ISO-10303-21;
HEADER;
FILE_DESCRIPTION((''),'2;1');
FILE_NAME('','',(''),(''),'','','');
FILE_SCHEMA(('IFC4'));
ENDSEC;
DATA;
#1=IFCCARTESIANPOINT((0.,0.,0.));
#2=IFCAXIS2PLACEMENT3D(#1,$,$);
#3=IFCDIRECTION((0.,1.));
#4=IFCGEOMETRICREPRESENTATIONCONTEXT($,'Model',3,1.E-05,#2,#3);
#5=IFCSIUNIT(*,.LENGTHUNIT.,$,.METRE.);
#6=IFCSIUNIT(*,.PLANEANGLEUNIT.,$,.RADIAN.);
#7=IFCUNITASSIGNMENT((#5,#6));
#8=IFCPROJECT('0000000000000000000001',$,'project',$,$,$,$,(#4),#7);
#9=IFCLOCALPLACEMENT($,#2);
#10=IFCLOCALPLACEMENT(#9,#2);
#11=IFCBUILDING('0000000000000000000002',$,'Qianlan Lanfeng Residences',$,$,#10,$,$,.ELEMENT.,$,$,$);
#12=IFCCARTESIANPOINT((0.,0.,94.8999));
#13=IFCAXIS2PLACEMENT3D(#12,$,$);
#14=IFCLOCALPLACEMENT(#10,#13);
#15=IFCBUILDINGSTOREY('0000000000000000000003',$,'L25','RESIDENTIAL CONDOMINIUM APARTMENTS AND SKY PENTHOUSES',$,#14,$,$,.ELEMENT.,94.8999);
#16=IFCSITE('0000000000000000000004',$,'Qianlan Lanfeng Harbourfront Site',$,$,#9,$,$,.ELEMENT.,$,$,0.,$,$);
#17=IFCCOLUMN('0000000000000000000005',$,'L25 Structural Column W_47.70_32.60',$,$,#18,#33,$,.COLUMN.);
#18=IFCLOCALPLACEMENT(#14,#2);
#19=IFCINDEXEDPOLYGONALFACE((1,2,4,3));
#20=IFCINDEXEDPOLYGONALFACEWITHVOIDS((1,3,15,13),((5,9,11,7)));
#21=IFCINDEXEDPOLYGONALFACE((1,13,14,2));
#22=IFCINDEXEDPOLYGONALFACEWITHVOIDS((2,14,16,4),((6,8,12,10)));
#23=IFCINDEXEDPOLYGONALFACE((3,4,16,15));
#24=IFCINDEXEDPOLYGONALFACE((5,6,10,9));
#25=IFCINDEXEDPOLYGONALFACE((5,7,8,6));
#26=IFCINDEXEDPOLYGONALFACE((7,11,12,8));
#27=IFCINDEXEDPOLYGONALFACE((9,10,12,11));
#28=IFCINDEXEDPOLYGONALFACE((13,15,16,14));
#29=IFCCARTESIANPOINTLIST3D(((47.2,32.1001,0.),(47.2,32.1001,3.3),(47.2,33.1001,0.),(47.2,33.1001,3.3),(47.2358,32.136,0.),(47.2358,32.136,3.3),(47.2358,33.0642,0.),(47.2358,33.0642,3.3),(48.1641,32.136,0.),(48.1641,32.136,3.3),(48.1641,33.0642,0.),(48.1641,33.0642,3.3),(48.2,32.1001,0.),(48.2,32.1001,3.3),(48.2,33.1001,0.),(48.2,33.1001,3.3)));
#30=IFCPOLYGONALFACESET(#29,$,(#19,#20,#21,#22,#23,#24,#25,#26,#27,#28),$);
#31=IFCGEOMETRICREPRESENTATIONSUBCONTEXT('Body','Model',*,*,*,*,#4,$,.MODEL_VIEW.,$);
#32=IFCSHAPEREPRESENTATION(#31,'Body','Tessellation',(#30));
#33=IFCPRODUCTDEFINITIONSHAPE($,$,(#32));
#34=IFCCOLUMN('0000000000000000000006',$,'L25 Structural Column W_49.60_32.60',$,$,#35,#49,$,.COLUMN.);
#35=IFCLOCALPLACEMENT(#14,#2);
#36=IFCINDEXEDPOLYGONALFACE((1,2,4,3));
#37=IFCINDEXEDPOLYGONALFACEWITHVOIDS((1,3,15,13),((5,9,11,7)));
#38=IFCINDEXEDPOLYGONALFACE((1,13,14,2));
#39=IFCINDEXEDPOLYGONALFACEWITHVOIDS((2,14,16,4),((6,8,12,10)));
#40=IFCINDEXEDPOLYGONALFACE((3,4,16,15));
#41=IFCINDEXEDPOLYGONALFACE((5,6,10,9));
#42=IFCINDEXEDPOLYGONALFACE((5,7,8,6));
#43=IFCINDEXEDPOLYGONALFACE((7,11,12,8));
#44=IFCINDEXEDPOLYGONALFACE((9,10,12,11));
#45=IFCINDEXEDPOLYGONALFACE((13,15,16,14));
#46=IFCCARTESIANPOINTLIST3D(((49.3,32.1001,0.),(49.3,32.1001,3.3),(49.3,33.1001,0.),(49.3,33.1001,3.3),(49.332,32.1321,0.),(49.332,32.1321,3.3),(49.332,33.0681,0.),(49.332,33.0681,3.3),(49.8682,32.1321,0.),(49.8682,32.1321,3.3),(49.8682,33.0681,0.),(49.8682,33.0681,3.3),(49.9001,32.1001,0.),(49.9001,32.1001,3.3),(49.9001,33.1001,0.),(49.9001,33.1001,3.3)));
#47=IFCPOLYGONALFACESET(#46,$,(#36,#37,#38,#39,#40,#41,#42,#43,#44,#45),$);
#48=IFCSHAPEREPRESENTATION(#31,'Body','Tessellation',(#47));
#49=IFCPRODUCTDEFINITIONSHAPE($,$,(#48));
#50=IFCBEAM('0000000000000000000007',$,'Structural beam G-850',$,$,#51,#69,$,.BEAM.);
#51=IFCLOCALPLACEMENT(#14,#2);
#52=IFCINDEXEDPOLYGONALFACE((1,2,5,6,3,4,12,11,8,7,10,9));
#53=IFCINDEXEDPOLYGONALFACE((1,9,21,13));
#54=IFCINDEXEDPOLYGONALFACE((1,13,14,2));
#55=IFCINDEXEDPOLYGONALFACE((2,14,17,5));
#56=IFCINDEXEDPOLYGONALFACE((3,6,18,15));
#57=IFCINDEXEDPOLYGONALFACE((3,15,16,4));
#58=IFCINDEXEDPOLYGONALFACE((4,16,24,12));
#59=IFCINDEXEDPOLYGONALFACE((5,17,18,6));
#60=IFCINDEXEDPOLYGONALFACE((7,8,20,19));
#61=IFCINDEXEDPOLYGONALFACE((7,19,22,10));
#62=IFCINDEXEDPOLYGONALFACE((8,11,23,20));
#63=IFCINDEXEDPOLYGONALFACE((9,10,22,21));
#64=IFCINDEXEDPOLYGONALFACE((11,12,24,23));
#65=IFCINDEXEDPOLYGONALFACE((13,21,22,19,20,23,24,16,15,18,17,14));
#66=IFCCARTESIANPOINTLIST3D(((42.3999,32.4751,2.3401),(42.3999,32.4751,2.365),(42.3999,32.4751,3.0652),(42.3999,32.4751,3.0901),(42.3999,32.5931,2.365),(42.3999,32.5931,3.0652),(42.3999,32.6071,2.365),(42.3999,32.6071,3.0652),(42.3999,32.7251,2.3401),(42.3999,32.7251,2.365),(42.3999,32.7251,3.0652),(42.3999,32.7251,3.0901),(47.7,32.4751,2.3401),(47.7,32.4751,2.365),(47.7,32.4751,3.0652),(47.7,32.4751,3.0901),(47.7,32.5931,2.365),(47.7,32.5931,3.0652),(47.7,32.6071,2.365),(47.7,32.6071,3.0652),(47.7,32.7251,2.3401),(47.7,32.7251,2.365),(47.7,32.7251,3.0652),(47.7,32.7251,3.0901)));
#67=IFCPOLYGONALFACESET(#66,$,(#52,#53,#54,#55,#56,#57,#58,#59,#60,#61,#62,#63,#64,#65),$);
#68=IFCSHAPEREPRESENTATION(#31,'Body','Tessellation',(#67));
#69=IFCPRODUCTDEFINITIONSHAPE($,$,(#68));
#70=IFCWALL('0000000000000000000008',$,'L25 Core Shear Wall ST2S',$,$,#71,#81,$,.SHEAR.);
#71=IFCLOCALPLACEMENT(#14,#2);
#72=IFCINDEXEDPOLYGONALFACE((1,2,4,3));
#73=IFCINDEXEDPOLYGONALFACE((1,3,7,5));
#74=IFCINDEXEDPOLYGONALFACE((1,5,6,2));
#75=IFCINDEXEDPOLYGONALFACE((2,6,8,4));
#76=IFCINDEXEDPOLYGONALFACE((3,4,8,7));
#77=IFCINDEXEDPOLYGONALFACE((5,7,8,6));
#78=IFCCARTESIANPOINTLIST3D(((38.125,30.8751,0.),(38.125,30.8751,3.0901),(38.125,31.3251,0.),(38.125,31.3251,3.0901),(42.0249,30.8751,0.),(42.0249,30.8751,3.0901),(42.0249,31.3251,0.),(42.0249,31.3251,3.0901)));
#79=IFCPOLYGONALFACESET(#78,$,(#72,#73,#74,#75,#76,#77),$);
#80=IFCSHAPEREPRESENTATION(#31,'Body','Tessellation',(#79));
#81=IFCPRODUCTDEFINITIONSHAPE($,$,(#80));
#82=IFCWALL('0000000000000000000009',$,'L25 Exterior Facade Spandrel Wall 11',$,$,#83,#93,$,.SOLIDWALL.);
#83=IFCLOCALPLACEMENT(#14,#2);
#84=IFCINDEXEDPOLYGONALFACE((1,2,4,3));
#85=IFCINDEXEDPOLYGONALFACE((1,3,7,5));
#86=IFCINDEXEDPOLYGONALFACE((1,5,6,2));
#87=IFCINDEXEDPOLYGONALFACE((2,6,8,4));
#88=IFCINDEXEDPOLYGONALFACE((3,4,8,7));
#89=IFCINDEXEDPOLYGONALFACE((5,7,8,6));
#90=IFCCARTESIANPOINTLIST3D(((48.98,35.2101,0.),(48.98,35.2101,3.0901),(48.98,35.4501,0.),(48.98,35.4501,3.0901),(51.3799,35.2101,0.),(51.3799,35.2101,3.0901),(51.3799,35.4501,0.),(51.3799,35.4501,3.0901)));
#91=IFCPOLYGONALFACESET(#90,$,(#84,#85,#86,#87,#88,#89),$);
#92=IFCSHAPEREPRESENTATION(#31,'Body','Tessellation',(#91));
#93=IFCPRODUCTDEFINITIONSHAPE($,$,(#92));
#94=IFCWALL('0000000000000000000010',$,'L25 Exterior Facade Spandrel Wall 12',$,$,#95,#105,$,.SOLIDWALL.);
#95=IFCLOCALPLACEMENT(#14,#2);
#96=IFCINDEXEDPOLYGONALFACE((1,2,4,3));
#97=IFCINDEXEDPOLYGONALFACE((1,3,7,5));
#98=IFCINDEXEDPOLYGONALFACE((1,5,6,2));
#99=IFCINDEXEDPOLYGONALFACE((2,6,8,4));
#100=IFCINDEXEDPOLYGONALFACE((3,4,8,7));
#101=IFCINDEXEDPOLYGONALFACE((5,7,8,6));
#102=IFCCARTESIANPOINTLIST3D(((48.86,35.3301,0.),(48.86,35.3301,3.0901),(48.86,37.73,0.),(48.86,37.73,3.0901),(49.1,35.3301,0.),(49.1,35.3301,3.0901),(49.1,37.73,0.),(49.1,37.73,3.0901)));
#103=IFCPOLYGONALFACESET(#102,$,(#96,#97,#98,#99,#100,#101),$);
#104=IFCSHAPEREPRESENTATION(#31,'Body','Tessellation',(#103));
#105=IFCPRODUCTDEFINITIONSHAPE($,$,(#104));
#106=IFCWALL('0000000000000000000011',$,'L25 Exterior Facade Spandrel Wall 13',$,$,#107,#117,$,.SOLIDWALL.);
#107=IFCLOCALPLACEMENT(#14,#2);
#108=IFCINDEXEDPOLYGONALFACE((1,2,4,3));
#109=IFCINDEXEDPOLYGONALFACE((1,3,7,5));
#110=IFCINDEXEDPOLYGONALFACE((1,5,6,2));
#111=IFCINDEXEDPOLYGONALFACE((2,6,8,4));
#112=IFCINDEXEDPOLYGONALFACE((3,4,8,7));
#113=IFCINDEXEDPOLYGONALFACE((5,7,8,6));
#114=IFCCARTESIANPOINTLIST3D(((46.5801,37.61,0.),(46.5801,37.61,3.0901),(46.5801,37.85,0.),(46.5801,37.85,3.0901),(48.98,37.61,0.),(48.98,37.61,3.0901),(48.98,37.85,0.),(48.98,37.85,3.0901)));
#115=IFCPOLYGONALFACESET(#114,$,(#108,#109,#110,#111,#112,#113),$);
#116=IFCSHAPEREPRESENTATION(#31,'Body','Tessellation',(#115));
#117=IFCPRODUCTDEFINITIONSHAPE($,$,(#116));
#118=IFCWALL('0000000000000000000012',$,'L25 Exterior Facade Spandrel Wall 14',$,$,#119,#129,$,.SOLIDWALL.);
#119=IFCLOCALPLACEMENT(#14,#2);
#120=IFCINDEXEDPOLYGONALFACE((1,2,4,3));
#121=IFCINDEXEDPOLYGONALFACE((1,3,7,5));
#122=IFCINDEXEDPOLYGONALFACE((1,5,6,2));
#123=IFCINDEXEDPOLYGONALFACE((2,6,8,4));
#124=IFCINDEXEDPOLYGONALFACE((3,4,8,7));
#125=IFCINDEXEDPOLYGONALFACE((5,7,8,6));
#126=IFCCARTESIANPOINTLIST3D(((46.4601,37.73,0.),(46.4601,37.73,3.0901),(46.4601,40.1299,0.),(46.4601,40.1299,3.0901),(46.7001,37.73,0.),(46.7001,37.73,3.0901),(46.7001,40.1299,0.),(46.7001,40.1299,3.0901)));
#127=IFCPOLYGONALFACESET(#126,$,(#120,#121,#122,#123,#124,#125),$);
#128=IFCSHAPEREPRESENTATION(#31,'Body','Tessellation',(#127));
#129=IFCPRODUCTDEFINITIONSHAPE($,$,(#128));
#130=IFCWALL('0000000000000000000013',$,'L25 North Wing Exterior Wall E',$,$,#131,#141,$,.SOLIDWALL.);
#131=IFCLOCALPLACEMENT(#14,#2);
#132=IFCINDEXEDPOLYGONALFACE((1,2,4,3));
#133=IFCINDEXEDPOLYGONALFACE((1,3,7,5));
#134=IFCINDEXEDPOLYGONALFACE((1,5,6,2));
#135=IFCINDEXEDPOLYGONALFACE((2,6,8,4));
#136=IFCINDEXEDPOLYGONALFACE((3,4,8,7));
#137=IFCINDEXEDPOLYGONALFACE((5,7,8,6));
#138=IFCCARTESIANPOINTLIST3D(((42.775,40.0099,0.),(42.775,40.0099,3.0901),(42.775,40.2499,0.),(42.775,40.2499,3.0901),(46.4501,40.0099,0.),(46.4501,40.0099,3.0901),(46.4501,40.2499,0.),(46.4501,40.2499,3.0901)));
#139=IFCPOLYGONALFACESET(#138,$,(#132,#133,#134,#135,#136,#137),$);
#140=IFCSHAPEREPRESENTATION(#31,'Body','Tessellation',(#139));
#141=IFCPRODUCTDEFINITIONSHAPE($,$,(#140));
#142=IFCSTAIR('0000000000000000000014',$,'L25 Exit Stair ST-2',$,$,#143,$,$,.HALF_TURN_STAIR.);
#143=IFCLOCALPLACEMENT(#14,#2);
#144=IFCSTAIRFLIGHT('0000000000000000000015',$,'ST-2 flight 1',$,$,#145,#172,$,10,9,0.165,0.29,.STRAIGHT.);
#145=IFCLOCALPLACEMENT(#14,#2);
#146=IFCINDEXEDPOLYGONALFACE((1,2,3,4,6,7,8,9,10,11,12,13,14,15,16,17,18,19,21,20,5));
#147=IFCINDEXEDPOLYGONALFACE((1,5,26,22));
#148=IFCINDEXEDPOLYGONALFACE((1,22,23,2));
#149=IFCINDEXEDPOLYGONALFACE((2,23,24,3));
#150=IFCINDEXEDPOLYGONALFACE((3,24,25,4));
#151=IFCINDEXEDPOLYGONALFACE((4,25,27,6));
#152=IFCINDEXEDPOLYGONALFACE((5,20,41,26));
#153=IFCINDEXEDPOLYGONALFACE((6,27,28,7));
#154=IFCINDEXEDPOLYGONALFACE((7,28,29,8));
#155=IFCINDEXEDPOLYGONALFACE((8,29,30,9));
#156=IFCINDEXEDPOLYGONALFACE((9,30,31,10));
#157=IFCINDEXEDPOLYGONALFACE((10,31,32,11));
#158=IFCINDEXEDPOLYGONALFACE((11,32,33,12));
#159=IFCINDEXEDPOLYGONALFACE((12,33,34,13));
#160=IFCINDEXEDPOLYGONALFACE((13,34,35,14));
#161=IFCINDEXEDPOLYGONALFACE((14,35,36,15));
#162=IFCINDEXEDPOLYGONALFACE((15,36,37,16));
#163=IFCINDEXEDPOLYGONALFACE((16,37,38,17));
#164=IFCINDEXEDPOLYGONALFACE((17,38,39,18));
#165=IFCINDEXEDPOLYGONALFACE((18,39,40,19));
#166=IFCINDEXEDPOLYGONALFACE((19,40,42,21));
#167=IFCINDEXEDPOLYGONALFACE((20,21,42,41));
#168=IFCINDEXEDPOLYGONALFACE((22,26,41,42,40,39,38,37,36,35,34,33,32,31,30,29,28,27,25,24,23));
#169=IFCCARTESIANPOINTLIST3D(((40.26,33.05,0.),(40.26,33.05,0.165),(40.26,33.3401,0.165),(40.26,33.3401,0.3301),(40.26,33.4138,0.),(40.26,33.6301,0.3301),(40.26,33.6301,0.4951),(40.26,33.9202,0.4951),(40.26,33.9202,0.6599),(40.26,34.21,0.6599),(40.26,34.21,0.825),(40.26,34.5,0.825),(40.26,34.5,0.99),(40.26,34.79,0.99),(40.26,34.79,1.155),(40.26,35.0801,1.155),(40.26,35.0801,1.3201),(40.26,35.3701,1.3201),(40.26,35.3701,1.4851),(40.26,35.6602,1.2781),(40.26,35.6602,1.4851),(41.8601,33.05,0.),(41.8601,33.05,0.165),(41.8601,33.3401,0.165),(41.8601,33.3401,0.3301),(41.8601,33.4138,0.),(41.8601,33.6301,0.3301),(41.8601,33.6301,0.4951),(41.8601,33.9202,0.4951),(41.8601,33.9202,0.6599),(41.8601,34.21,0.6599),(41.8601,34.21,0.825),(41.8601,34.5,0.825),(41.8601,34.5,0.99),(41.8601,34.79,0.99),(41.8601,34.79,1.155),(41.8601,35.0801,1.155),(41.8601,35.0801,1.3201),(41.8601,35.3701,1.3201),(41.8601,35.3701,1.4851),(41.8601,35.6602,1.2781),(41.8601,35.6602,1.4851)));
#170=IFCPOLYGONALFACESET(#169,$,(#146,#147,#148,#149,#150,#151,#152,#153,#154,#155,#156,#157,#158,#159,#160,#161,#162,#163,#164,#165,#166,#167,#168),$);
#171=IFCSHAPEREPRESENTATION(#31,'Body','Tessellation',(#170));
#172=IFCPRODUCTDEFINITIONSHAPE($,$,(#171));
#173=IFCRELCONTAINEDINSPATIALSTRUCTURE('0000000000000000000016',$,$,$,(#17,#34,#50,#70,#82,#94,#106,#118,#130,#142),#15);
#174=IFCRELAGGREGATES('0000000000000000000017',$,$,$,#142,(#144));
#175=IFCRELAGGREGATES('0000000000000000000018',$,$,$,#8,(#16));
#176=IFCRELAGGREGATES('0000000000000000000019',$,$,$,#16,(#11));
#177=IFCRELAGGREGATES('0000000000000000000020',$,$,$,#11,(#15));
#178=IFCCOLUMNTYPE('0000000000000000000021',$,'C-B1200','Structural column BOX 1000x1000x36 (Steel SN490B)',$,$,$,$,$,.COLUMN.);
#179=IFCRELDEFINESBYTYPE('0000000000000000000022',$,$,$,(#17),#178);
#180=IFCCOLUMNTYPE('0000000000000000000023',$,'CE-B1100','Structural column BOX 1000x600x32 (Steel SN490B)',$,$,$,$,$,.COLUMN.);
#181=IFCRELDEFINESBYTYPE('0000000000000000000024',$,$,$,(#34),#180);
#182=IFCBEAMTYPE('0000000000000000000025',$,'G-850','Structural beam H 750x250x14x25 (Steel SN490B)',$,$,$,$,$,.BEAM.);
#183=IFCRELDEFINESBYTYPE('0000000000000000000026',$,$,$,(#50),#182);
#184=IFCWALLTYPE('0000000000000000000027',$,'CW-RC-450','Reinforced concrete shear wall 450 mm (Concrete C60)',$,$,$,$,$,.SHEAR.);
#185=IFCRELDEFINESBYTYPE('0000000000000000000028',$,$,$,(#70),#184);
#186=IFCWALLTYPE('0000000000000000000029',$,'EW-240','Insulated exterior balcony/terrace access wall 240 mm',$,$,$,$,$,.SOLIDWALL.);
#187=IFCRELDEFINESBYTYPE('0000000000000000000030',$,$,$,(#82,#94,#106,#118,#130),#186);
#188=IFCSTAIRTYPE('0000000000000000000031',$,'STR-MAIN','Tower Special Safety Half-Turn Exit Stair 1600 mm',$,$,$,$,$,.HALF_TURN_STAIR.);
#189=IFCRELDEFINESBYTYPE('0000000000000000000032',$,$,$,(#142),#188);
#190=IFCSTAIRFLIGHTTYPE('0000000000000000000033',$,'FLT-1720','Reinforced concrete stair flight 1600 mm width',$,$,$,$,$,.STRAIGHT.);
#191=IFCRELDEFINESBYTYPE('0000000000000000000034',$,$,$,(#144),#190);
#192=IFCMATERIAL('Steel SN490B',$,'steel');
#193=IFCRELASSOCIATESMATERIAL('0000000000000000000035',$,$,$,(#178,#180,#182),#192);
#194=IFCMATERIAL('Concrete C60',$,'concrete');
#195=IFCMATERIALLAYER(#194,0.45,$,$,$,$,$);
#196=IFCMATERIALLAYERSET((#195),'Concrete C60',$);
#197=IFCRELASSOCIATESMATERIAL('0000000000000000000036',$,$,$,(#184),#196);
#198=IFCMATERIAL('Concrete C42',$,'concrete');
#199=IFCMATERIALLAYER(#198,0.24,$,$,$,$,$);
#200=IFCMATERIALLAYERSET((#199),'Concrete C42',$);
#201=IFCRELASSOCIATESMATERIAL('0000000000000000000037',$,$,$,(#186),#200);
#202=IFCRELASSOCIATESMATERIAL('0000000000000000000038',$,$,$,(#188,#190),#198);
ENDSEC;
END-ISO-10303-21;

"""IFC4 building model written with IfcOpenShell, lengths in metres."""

from ifc_helpers import new_model, si_unit, direction, frame, frame_2d, origin, origin_2d, place, context, subcontext, project, spatial, polyline, rectangle, hollow_rectangle, i_section, outline, extrude, material, layer, layer_set, material_profile, profile_set, type_object, element, aggregate, save


model = new_model("IFC4")

# Units and contexts
model_context = context("Model", 3, precision=1e-05, world=origin(), true_north=direction((0.0, 1.0)))
body_context = subcontext(model_context, "Body", "Model", "MODEL_VIEW")
ifc_project = project(units=[si_unit("LENGTHUNIT", "METRE"), si_unit("PLANEANGLEUNIT", "RADIAN")], contexts=[model_context])

# Site, building, storey
site_placement = place(None, origin())
site = spatial("IfcSite", under=ifc_project, at=site_placement, Name="Qianlan Lanfeng Harbourfront Site", CompositionType="ELEMENT", RefElevation=0.0)
building_placement = place(site_placement, origin())
building = spatial("IfcBuilding", under=site, at=building_placement, Name="Qianlan Lanfeng Residences", CompositionType="ELEMENT")
storey_placement = place(building_placement, frame((0.0, 0.0, 94.8999)))
storey = spatial("IfcBuildingStorey", under=building, at=storey_placement, Name="L25", Description="RESIDENTIAL CONDOMINIUM APARTMENTS AND SKY PENTHOUSES", CompositionType="ELEMENT", Elevation=94.8999)

# Columns
ifc_material_1 = material(Name="Steel SN490B", Category="steel")
ifc_material_profile_1 = material_profile(ifc_material_1, hollow_rectangle(XDim=1.0, YDim=1.0, WallThickness=0.0359, at=origin_2d()), Name="BOX 1000x1000x36")
ifc_profile_set_1 = profile_set([ifc_material_profile_1], Name="Steel SN490B")
column_type_1 = type_object("IfcColumnType", Name="C-B1200", Description="Structural column BOX 1000x1000x36 (Steel SN490B)", PredefinedType="COLUMN", material=ifc_profile_set_1)
column_1_placement = place(storey_placement, frame((47.7, 32.6001, 0.0), z_axis=(0.0, 0.0, 1.0), x_axis=(1.0, 0.0, 0.0)))
element("IfcColumn", 1, at=column_1_placement, inside=storey, type_object=column_type_1, Name="L25 Structural Column W_47.70_32.60", PredefinedType="COLUMN", context=body_context, shape_type="SweptSolid", body=[
    extrude(hollow_rectangle(XDim=1.0, YDim=1.0, WallThickness=0.0359, at=origin_2d()), origin(), (0.0, 0.0, 1.0), 3.3),
])
ifc_material_profile_2 = material_profile(ifc_material_1, hollow_rectangle(XDim=0.6001, YDim=1.0, WallThickness=0.032, at=origin_2d()), Name="BOX 1000x600x32")
ifc_profile_set_2 = profile_set([ifc_material_profile_2], Name="Steel SN490B")
column_type_2 = type_object("IfcColumnType", Name="CE-B1100", Description="Structural column BOX 1000x600x32 (Steel SN490B)", PredefinedType="COLUMN", material=ifc_profile_set_2)
column_2_placement = place(storey_placement, frame((49.6001, 32.6001, 0.0), z_axis=(0.0, 0.0, 1.0), x_axis=(1.0, 0.0, 0.0)))
element("IfcColumn", 2, at=column_2_placement, inside=storey, type_object=column_type_2, Name="L25 Structural Column W_49.60_32.60", PredefinedType="COLUMN", context=body_context, shape_type="SweptSolid", body=[
    extrude(hollow_rectangle(XDim=0.6001, YDim=1.0, WallThickness=0.032, at=origin_2d()), origin(), (0.0, 0.0, 1.0), 3.3),
])

# Beam
ifc_material_profile_3 = material_profile(ifc_material_1, i_section(OverallWidth=0.25, OverallDepth=0.75, WebThickness=0.0139, FlangeThickness=0.0249, at=origin_2d()), Name="H 750x250x14x25")
ifc_profile_set_3 = profile_set([ifc_material_profile_3], Name="Steel SN490B")
beam_type = type_object("IfcBeamType", Name="G-850", Description="Structural beam H 750x250x14x25 (Steel SN490B)", PredefinedType="BEAM", material=ifc_profile_set_3)
beam_placement = place(storey_placement, frame((42.3999, 32.6001, 2.7151), z_axis=(1.0, 0.0, 0.0), x_axis=(0.0, 1.0, 0.0)))
element("IfcBeam", 3, at=beam_placement, inside=storey, type_object=beam_type, Name="Structural beam G-850", PredefinedType="BEAM", context=body_context, shape_type="SweptSolid", body=[
    extrude(i_section(OverallWidth=0.25, OverallDepth=0.75, WebThickness=0.0139, FlangeThickness=0.0249, at=origin_2d()), origin(), (0.0, 0.0, 1.0), 5.3),
])

# Walls
ifc_material_2 = material(Name="Concrete C60", Category="concrete")
ifc_layer_1 = layer(ifc_material_2, 0.45)
ifc_layer_set_1 = layer_set([ifc_layer_1], Name="Concrete C60")
wall_type_1 = type_object("IfcWallType", Name="CW-RC-450", Description="Reinforced concrete shear wall 450 mm (Concrete C60)", PredefinedType="SHEAR", material=ifc_layer_set_1)
wall_1_placement = place(storey_placement, frame((38.125, 31.1001, 0.0), z_axis=(0.0, 0.0, 1.0), x_axis=(1.0, 0.0, 0.0)))
element("IfcWall", 4, at=wall_1_placement, inside=storey, type_object=wall_type_1, Name="L25 Core Shear Wall ST2S", PredefinedType="SHEAR", context=body_context, shape_type="SweptSolid", body=[
    extrude(rectangle(XDim=3.8999, YDim=0.45, at=frame_2d((1.95, 0.0))), origin(), (0.0, 0.0, 1.0), 3.0901),
])
ifc_material_3 = material(Name="Concrete C42", Category="concrete")
ifc_layer_2 = layer(ifc_material_3, 0.24)
ifc_layer_set_2 = layer_set([ifc_layer_2], Name="Concrete C42")
wall_type_2 = type_object("IfcWallType", Name="EW-240", Description="Insulated exterior balcony/terrace access wall 240 mm", PredefinedType="SOLIDWALL", material=ifc_layer_set_2)
for number, where, z_axis, x_axis, name in (
    (5, (51.3799, 35.3301, 0.0), (0.0, 0.0, 1.0), (-1.0, 0.0, 0.0), "L25 Exterior Facade Spandrel Wall 11"),
    (6, (48.98, 35.3301, 0.0), (0.0, 0.0, 1.0), (0.0, 1.0, 0.0), "L25 Exterior Facade Spandrel Wall 12"),
    (7, (48.98, 37.73, 0.0), (0.0, 0.0, 1.0), (-1.0, 0.0, 0.0), "L25 Exterior Facade Spandrel Wall 13"),
    (8, (46.5801, 37.73, 0.0), (0.0, 0.0, 1.0), (0.0, 1.0, 0.0), "L25 Exterior Facade Spandrel Wall 14"),
):
    element("IfcWall", number, at=place(storey_placement, frame(where, z_axis=z_axis, x_axis=x_axis)), inside=storey, type_object=wall_type_2, Name=name, PredefinedType="SOLIDWALL", context=body_context, shape_type="SweptSolid", body=[
        extrude(rectangle(XDim=2.3999, YDim=0.24, at=frame_2d((1.2, 0.0))), origin(), (0.0, 0.0, 1.0), 3.0901),
    ])
wall_2_placement = place(storey_placement, frame((46.45, 40.1299, 0.0), z_axis=(0.0, 0.0, 1.0), x_axis=(-1.0, 0.0, 0.0)))
element("IfcWall", 9, at=wall_2_placement, inside=storey, type_object=wall_type_2, Name="L25 North Wing Exterior Wall E", PredefinedType="SOLIDWALL", context=body_context, shape_type="SweptSolid", body=[
    extrude(rectangle(XDim=3.675, YDim=0.24, at=frame_2d((1.8374, 0.0))), origin(), (0.0, 0.0, 1.0), 3.0901),
])

# Stair, stair flight
stair_type = type_object("IfcStairType", Name="STR-MAIN", Description="Tower Special Safety Half-Turn Exit Stair 1600 mm", PredefinedType="HALF_TURN_STAIR", material=ifc_material_3)
stair_placement = place(storey_placement, origin())
stair = element("IfcStair", 10, at=stair_placement, inside=storey, type_object=stair_type, Name="L25 Exit Stair ST-2", PredefinedType="HALF_TURN_STAIR")
stair_flight_type = type_object("IfcStairFlightType", Name="FLT-1720", Description="Reinforced concrete stair flight 1600 mm width", PredefinedType="STRAIGHT", material=ifc_material_3)
stair_flight_1_placement = place(storey_placement, frame((41.0601, 33.05, 0.0), z_axis=(0.0, 0.0, 1.0), x_axis=(0.0, 1.0, 0.0)))
stair_flight_1 = element("IfcStairFlight", 11, at=stair_flight_1_placement, type_object=stair_flight_type, Name="ST-2 flight 1", NumberOfRisers=10, NumberOfTreads=9, PredefinedType="STRAIGHT", RiserHeight=0.165, TreadLength=0.29, context=body_context, shape_type="SweptSolid", body=[
    extrude(outline(polyline([(0.0, 0.0), (0.0, 0.165), (0.29, 0.165), (0.29, 0.3301), (0.5801, 0.3301), (0.5801, 0.4951), (0.8701, 0.4951), (0.8701, 0.6599), (1.1599, 0.6599), (1.1599, 0.825), (1.45, 0.825), (1.45, 0.99), (1.74, 0.99), (1.74, 1.155), (2.03, 1.155), (2.03, 1.3201), (2.3201, 1.3201), (2.3201, 1.4851), (2.6101, 1.4851), (2.6101, 1.6499), (2.6101, 1.2781), (0.3638, 0.0), (0.0, 0.0)])), frame((0.0, 0.8, 0.0), z_axis=(0.0, -1.0, 0.0), x_axis=(1.0, 0.0, 0.0)), (0.0, 0.0, 1.0), 1.6001),
])
aggregate(stair, [stair_flight_1])

save(model, "model.ifc")
